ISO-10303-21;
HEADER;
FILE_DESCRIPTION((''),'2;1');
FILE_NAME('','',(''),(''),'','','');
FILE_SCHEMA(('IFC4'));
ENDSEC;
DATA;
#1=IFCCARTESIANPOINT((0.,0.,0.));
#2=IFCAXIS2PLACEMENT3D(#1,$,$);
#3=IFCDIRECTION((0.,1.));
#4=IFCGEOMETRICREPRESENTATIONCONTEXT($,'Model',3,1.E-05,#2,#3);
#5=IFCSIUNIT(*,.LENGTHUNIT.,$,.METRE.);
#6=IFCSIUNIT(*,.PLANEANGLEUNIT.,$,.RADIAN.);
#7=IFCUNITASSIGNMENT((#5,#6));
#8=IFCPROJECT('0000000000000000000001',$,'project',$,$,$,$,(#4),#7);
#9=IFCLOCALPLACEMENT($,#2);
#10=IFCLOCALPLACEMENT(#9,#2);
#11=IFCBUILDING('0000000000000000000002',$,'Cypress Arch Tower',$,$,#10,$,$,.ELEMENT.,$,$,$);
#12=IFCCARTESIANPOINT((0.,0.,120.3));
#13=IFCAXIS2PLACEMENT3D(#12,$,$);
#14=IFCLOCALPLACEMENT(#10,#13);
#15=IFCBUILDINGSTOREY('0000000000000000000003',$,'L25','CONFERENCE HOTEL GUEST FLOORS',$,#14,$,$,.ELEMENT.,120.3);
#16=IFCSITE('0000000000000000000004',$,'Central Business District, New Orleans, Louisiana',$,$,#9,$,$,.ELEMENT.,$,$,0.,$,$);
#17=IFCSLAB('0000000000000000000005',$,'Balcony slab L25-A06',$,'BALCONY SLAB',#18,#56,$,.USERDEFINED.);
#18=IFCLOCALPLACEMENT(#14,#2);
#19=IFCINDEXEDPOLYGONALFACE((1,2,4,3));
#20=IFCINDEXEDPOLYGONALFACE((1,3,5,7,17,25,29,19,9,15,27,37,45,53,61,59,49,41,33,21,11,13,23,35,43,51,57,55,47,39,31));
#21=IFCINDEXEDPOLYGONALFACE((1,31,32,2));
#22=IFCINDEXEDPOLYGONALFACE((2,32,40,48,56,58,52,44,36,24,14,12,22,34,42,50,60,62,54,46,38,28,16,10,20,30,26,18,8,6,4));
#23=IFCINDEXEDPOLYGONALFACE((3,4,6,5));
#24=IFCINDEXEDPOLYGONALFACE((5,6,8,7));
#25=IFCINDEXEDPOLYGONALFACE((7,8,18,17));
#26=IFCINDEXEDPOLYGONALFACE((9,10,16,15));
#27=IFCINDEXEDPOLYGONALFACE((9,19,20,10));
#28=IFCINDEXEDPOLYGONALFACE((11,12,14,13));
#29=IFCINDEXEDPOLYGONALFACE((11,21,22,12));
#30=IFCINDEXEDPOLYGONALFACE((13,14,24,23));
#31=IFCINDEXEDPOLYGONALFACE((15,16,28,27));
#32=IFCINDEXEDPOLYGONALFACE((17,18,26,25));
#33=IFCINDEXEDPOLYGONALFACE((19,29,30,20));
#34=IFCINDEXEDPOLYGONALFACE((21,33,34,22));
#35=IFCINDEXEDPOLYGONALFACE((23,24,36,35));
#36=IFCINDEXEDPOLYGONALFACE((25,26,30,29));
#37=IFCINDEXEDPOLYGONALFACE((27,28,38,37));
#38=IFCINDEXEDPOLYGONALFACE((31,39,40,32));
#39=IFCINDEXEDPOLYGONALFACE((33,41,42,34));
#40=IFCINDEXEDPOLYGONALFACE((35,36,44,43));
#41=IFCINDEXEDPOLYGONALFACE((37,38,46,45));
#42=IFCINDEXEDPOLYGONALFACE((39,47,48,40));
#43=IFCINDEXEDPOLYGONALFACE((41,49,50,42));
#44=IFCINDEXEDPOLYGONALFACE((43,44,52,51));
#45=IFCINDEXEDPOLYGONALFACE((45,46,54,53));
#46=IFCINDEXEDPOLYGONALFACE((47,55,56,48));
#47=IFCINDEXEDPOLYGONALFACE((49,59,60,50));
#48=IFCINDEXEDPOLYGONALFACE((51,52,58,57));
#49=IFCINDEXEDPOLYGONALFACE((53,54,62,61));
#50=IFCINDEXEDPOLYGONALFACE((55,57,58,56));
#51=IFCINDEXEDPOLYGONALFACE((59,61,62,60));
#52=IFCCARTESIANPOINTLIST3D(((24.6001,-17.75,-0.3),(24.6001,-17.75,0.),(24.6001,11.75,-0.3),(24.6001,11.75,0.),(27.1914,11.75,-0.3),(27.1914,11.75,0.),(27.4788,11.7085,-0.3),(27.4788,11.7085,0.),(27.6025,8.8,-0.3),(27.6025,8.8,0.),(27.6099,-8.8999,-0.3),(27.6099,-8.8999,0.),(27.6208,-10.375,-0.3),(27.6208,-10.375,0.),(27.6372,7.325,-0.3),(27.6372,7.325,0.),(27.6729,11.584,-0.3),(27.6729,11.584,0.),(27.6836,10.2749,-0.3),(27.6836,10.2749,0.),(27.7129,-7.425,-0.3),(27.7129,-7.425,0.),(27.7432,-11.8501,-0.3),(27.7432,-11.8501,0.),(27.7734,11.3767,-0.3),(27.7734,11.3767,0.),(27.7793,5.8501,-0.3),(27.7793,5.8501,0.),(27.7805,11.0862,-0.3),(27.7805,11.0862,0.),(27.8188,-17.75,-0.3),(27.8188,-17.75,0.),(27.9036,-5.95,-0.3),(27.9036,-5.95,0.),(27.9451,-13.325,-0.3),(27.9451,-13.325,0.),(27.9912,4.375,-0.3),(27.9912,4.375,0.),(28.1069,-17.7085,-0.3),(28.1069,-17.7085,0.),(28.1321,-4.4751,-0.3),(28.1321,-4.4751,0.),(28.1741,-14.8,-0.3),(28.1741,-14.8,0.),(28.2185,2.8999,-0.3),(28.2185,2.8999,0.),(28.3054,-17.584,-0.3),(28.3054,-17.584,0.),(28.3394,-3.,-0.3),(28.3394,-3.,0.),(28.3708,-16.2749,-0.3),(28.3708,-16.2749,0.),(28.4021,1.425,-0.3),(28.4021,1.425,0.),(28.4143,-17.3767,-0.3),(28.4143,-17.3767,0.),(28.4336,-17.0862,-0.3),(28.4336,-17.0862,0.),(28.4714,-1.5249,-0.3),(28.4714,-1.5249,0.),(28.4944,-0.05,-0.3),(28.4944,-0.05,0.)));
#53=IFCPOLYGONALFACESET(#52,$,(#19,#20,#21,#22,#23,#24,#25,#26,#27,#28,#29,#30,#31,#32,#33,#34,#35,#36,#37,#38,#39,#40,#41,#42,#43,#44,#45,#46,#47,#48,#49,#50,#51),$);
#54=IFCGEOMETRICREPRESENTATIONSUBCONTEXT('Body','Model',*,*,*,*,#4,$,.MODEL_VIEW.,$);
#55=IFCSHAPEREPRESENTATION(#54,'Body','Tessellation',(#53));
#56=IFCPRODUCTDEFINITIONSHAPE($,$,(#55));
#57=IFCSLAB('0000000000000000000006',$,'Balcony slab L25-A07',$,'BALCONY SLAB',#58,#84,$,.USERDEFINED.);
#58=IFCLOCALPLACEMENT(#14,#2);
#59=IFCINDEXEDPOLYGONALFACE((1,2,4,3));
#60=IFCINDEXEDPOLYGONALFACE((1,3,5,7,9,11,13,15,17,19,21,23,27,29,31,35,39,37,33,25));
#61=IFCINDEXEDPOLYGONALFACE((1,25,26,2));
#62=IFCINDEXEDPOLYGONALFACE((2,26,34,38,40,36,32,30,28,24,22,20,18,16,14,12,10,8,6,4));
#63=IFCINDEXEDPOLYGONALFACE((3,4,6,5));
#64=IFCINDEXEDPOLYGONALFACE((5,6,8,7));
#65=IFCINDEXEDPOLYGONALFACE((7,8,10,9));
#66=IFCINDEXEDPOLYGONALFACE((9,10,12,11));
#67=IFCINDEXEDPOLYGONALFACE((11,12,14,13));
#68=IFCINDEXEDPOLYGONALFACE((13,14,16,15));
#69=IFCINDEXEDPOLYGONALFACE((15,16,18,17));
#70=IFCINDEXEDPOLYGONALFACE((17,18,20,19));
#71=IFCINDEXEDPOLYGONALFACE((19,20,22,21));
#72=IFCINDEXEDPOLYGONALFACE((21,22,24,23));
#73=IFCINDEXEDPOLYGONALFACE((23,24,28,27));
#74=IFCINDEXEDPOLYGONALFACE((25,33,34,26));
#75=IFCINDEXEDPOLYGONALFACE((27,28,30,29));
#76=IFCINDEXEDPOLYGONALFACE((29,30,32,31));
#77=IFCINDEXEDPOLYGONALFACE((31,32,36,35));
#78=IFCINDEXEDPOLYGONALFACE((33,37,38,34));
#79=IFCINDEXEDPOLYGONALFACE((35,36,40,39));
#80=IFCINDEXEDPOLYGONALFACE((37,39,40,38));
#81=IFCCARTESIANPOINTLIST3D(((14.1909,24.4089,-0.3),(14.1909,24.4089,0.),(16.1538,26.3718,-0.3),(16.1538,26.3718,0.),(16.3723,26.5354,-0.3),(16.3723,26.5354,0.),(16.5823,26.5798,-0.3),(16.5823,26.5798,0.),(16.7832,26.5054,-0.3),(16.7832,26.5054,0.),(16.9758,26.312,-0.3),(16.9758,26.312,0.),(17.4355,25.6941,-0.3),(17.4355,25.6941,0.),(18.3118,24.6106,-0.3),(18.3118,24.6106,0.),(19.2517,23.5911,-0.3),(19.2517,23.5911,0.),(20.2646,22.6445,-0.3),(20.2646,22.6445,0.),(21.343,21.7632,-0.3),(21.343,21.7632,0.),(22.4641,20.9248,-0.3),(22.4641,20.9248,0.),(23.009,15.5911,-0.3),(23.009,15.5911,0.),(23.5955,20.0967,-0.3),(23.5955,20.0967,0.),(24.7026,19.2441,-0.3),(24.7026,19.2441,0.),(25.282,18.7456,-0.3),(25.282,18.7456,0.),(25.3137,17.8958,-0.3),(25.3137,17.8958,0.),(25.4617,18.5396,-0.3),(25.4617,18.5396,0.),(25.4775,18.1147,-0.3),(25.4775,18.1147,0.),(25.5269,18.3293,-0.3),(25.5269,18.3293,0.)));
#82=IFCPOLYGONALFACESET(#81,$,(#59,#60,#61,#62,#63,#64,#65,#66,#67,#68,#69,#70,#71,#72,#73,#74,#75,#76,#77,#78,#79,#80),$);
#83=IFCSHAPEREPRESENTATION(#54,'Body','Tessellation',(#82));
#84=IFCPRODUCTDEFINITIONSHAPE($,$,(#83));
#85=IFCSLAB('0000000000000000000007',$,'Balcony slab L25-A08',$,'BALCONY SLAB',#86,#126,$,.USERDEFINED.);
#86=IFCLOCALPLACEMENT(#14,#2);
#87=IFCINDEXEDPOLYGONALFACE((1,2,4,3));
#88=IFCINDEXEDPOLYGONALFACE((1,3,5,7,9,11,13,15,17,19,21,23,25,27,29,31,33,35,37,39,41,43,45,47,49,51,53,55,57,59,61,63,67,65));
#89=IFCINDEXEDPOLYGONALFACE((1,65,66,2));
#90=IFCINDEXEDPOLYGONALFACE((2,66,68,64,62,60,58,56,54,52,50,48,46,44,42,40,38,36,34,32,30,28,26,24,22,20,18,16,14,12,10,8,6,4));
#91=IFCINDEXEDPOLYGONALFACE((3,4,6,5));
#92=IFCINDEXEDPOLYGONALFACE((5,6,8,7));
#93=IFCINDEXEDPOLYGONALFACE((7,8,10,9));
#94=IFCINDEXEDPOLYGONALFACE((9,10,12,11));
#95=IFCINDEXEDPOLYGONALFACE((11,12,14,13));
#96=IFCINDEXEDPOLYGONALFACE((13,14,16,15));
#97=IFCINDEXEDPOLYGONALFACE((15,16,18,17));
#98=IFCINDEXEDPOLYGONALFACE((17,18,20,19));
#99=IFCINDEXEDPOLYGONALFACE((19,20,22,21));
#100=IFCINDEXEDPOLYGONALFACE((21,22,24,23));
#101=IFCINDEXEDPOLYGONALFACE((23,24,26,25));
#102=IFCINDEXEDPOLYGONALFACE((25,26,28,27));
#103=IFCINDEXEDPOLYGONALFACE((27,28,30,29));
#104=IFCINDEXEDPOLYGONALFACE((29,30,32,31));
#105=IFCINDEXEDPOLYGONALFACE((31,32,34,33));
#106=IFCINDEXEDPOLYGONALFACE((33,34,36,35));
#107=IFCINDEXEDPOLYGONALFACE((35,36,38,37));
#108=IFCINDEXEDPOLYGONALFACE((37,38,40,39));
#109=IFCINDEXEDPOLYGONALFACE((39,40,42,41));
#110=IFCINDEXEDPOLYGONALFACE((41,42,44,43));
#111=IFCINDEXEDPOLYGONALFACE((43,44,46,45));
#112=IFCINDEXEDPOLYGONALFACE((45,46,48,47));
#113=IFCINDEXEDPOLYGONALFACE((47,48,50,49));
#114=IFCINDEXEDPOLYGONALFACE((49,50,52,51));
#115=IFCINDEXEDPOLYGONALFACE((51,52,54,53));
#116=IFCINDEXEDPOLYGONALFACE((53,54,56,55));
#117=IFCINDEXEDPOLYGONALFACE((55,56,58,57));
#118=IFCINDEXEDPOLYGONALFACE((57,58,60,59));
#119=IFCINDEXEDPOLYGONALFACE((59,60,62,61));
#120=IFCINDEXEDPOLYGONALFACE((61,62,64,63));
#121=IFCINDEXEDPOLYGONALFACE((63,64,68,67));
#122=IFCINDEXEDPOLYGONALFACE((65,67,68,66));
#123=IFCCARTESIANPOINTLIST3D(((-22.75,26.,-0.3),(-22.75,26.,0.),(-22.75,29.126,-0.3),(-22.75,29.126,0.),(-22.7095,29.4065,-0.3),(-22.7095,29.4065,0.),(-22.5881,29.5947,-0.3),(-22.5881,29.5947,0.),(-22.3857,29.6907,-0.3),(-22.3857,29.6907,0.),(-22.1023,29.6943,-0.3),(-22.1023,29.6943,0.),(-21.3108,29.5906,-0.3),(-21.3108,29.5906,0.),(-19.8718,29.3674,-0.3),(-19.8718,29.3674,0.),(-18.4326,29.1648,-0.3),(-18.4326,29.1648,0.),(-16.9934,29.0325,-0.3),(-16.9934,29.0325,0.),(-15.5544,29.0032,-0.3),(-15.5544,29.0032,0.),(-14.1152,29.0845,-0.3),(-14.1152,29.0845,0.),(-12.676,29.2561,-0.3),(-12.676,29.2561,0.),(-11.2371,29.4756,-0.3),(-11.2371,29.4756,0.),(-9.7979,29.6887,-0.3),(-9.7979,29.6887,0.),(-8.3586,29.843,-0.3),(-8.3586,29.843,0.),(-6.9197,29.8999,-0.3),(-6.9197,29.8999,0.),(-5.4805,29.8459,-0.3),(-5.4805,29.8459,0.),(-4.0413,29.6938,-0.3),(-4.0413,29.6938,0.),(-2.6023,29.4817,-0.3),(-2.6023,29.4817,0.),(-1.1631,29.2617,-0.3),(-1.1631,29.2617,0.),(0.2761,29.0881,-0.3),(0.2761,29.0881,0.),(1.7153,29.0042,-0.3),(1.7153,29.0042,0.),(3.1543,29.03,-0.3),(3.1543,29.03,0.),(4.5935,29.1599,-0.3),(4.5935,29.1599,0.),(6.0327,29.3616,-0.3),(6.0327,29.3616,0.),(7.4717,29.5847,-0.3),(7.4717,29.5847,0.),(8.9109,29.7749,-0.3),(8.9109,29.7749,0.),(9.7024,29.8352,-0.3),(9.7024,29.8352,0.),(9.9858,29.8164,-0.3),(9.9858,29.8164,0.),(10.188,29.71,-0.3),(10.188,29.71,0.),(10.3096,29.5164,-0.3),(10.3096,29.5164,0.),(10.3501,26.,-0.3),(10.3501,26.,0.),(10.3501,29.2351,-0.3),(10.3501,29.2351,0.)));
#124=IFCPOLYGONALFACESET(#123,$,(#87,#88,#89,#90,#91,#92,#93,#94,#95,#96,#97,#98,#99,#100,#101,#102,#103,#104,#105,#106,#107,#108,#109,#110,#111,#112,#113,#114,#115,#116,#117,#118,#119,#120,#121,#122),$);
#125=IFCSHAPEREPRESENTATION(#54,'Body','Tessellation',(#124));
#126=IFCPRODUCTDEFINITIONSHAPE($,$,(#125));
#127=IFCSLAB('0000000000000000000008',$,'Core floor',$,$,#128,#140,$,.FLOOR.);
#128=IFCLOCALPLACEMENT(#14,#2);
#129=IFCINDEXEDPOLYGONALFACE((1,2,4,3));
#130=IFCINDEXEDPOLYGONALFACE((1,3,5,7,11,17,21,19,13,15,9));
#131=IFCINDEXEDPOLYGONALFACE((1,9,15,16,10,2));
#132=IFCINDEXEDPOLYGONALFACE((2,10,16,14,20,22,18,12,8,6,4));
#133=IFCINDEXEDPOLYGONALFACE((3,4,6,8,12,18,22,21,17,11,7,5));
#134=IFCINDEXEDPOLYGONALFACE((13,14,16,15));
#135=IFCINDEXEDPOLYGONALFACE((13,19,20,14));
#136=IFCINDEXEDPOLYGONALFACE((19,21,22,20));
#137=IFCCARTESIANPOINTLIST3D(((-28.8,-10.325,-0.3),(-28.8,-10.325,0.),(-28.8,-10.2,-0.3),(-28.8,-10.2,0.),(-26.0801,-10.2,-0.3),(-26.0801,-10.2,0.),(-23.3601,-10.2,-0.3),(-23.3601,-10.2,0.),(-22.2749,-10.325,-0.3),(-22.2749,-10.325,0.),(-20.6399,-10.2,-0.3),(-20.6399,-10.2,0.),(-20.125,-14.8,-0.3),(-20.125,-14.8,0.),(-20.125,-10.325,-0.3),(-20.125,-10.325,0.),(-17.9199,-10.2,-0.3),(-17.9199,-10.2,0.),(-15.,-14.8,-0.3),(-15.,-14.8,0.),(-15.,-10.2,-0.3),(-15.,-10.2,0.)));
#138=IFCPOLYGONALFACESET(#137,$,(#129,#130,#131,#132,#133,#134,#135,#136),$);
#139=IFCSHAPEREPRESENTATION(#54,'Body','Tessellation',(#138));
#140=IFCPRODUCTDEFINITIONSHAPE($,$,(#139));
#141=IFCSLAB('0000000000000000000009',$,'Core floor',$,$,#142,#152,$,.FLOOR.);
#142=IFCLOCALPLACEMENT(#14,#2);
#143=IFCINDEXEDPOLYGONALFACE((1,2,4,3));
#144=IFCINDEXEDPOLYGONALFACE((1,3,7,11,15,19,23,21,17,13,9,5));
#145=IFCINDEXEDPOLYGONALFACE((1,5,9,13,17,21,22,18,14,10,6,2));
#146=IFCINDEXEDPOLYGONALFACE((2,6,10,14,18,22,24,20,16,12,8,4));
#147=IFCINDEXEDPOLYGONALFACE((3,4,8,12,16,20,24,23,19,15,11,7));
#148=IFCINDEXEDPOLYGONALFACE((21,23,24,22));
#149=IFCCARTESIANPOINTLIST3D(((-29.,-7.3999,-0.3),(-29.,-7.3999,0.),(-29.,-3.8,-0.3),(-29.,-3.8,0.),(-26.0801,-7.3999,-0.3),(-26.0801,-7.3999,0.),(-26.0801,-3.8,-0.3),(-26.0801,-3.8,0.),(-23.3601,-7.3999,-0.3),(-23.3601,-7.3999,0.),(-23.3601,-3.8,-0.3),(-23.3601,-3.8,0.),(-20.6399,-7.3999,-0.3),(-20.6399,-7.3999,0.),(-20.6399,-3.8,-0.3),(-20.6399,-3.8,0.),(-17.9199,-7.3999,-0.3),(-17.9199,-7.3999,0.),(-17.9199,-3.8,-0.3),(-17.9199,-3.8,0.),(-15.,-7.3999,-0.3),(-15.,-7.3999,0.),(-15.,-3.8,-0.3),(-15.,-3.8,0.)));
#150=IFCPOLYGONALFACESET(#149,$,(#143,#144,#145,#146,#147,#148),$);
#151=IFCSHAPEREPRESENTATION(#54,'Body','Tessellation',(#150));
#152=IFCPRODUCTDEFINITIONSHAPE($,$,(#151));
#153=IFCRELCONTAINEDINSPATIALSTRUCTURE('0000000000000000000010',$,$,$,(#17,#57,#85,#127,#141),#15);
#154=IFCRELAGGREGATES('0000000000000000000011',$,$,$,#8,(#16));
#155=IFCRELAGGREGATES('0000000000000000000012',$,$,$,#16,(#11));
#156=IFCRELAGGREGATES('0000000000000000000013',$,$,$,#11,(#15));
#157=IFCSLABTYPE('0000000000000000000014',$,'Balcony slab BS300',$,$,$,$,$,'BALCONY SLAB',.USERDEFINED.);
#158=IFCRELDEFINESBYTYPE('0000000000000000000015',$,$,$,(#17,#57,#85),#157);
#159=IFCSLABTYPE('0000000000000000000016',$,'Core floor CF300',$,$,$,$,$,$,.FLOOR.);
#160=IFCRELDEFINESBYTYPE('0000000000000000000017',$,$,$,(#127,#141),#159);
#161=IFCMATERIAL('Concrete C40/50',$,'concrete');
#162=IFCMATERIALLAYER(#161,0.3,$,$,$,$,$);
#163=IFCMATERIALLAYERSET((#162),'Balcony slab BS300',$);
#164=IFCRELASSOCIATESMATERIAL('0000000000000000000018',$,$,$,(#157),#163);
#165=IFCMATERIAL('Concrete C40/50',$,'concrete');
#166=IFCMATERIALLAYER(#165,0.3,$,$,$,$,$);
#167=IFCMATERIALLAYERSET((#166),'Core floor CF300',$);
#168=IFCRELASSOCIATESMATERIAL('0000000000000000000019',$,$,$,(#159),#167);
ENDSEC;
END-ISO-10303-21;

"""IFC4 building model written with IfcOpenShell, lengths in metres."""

from ifc_helpers import new_model, si_unit, direction, frame, origin, place, context, subcontext, project, spatial, polyline, outline, extrude, material, layer, layer_set, type_object, element, save


model = new_model("IFC4")

# Units and contexts
model_context = context("Model", 3, precision=1e-05, world=origin(), true_north=direction((0.0, 1.0)))
body_context = subcontext(model_context, "Body", "Model", "MODEL_VIEW")
ifc_project = project(units=[si_unit("LENGTHUNIT", "METRE"), si_unit("PLANEANGLEUNIT", "RADIAN")], contexts=[model_context])

# Site, building, storey
site_placement = place(None, origin())
site = spatial("IfcSite", under=ifc_project, at=site_placement, Name="Central Business District, New Orleans, Louisiana", CompositionType="ELEMENT", RefElevation=0.0)
building_placement = place(site_placement, origin())
building = spatial("IfcBuilding", under=site, at=building_placement, Name="Cypress Arch Tower", CompositionType="ELEMENT")
storey_placement = place(building_placement, frame((0.0, 0.0, 120.3)))
storey = spatial("IfcBuildingStorey", under=building, at=storey_placement, Name="L25", Description="CONFERENCE HOTEL GUEST FLOORS", CompositionType="ELEMENT", Elevation=120.3)

# Slabs
ifc_material_1 = material(Name="Concrete C40/50", Category="concrete")
ifc_layer_1 = layer(ifc_material_1, 0.3)
ifc_layer_set_1 = layer_set([ifc_layer_1], Name="Balcony slab BS300")
slab_type_1 = type_object("IfcSlabType", Name="Balcony slab BS300", ElementType="BALCONY SLAB", PredefinedType="USERDEFINED", material=ifc_layer_set_1)
slab_1_placement = place(storey_placement, frame((0.0, 0.0, -0.3)))
element("IfcSlab", 1, at=slab_1_placement, inside=storey, type_object=slab_type_1, Name="Balcony slab L25-A06", ObjectType="BALCONY SLAB", PredefinedType="USERDEFINED", context=body_context, shape_type="SweptSolid", body=[
    extrude(outline(polyline([(24.6001, -17.75), (27.8188, -17.75), (28.1069, -17.7085), (28.3054, -17.584), (28.4143, -17.3767), (28.4336, -17.0862), (28.3708, -16.2749), (28.1741, -14.8), (27.9451, -13.325), (27.7432, -11.8501), (27.6208, -10.375), (27.6099, -8.8999), (27.7129, -7.425), (27.9036, -5.95), (28.1321, -4.4751), (28.3394, -3.0), (28.4714, -1.5249), (28.4944, -0.05), (28.4021, 1.425), (28.2185, 2.8999), (27.9912, 4.375), (27.7793, 5.8501), (27.6372, 7.325), (27.6025, 8.8), (27.6836, 10.2749), (27.7805, 11.0862), (27.7734, 11.3767), (27.6729, 11.584), (27.4788, 11.7085), (27.1914, 11.75), (24.6001, 11.75), (24.6001, -17.75)])), origin(), (0.0, 0.0, 1.0), 0.3),
])
slab_2_placement = place(storey_placement, frame((0.0, 0.0, -0.3)))
element("IfcSlab", 2, at=slab_2_placement, inside=storey, type_object=slab_type_1, Name="Balcony slab L25-A07", ObjectType="BALCONY SLAB", PredefinedType="USERDEFINED", context=body_context, shape_type="SweptSolid", body=[
    extrude(outline(polyline([(23.009, 15.5911), (25.3137, 17.8958), (25.4775, 18.1147), (25.5269, 18.3293), (25.4617, 18.5396), (25.282, 18.7456), (24.7026, 19.2441), (23.5955, 20.0967), (22.4641, 20.9248), (21.343, 21.7632), (20.2646, 22.6445), (19.2517, 23.5911), (18.3118, 24.6106), (17.4355, 25.6941), (16.9758, 26.312), (16.7832, 26.5054), (16.5823, 26.5798), (16.3723, 26.5354), (16.1538, 26.3718), (14.1909, 24.4089), (23.009, 15.5911)])), origin(), (0.0, 0.0, 1.0), 0.3),
])
slab_3_placement = place(storey_placement, frame((0.0, 0.0, -0.3)))
element("IfcSlab", 3, at=slab_3_placement, inside=storey, type_object=slab_type_1, Name="Balcony slab L25-A08", ObjectType="BALCONY SLAB", PredefinedType="USERDEFINED", context=body_context, shape_type="SweptSolid", body=[
    extrude(outline(polyline([(10.3501, 26.0), (10.3501, 29.2351), (10.3096, 29.5164), (10.188, 29.71), (9.9858, 29.8164), (9.7024, 29.8352), (8.9109, 29.7749), (7.4717, 29.5847), (6.0327, 29.3616), (4.5935, 29.1599), (3.1543, 29.03), (1.7153, 29.0042), (0.2761, 29.0881), (-1.1631, 29.2617), (-2.6023, 29.4817), (-4.0413, 29.6938), (-5.4805, 29.8459), (-6.9197, 29.8999), (-8.3586, 29.843), (-9.7979, 29.6887), (-11.2371, 29.4756), (-12.676, 29.2561), (-14.1152, 29.0845), (-15.5544, 29.0032), (-16.9934, 29.0325), (-18.4326, 29.1648), (-19.8718, 29.3674), (-21.3108, 29.5906), (-22.1023, 29.6943), (-22.3857, 29.6907), (-22.5881, 29.5947), (-22.7095, 29.4065), (-22.75, 29.126), (-22.75, 26.0), (10.3501, 26.0)])), origin(), (0.0, 0.0, 1.0), 0.3),
])
ifc_material_2 = material(Name="Concrete C40/50", Category="concrete")
ifc_layer_2 = layer(ifc_material_2, 0.3)
ifc_layer_set_2 = layer_set([ifc_layer_2], Name="Core floor CF300")
slab_type_2 = type_object("IfcSlabType", Name="Core floor CF300", PredefinedType="FLOOR", material=ifc_layer_set_2)
slab_4_placement = place(storey_placement, frame((0.0, 0.0, -0.3)))
element("IfcSlab", 4, at=slab_4_placement, inside=storey, type_object=slab_type_2, Name="Core floor", PredefinedType="FLOOR", context=body_context, shape_type="SweptSolid", body=[
    extrude(outline(polyline([(-20.125, -14.8), (-15.0, -14.8), (-15.0, -10.2), (-17.9199, -10.2), (-20.6399, -10.2), (-23.3601, -10.2), (-26.0801, -10.2), (-28.8, -10.2), (-28.8, -10.325), (-22.2749, -10.325), (-20.125, -10.325), (-20.125, -14.8)])), origin(), (0.0, 0.0, 1.0), 0.3),
])
slab_5_placement = place(storey_placement, frame((0.0, 0.0, -0.3)))
element("IfcSlab", 5, at=slab_5_placement, inside=storey, type_object=slab_type_2, Name="Core floor", PredefinedType="FLOOR", context=body_context, shape_type="SweptSolid", body=[
    extrude(outline(polyline([(-29.0, -3.8), (-29.0, -7.3999), (-26.0801, -7.3999), (-23.3601, -7.3999), (-20.6399, -7.3999), (-17.9199, -7.3999), (-15.0, -7.3999), (-15.0, -3.8), (-17.9199, -3.8), (-20.6399, -3.8), (-23.3601, -3.8), (-26.0801, -3.8), (-29.0, -3.8)])), origin(), (0.0, 0.0, 1.0), 0.3),
])

save(model, "model.ifc")
